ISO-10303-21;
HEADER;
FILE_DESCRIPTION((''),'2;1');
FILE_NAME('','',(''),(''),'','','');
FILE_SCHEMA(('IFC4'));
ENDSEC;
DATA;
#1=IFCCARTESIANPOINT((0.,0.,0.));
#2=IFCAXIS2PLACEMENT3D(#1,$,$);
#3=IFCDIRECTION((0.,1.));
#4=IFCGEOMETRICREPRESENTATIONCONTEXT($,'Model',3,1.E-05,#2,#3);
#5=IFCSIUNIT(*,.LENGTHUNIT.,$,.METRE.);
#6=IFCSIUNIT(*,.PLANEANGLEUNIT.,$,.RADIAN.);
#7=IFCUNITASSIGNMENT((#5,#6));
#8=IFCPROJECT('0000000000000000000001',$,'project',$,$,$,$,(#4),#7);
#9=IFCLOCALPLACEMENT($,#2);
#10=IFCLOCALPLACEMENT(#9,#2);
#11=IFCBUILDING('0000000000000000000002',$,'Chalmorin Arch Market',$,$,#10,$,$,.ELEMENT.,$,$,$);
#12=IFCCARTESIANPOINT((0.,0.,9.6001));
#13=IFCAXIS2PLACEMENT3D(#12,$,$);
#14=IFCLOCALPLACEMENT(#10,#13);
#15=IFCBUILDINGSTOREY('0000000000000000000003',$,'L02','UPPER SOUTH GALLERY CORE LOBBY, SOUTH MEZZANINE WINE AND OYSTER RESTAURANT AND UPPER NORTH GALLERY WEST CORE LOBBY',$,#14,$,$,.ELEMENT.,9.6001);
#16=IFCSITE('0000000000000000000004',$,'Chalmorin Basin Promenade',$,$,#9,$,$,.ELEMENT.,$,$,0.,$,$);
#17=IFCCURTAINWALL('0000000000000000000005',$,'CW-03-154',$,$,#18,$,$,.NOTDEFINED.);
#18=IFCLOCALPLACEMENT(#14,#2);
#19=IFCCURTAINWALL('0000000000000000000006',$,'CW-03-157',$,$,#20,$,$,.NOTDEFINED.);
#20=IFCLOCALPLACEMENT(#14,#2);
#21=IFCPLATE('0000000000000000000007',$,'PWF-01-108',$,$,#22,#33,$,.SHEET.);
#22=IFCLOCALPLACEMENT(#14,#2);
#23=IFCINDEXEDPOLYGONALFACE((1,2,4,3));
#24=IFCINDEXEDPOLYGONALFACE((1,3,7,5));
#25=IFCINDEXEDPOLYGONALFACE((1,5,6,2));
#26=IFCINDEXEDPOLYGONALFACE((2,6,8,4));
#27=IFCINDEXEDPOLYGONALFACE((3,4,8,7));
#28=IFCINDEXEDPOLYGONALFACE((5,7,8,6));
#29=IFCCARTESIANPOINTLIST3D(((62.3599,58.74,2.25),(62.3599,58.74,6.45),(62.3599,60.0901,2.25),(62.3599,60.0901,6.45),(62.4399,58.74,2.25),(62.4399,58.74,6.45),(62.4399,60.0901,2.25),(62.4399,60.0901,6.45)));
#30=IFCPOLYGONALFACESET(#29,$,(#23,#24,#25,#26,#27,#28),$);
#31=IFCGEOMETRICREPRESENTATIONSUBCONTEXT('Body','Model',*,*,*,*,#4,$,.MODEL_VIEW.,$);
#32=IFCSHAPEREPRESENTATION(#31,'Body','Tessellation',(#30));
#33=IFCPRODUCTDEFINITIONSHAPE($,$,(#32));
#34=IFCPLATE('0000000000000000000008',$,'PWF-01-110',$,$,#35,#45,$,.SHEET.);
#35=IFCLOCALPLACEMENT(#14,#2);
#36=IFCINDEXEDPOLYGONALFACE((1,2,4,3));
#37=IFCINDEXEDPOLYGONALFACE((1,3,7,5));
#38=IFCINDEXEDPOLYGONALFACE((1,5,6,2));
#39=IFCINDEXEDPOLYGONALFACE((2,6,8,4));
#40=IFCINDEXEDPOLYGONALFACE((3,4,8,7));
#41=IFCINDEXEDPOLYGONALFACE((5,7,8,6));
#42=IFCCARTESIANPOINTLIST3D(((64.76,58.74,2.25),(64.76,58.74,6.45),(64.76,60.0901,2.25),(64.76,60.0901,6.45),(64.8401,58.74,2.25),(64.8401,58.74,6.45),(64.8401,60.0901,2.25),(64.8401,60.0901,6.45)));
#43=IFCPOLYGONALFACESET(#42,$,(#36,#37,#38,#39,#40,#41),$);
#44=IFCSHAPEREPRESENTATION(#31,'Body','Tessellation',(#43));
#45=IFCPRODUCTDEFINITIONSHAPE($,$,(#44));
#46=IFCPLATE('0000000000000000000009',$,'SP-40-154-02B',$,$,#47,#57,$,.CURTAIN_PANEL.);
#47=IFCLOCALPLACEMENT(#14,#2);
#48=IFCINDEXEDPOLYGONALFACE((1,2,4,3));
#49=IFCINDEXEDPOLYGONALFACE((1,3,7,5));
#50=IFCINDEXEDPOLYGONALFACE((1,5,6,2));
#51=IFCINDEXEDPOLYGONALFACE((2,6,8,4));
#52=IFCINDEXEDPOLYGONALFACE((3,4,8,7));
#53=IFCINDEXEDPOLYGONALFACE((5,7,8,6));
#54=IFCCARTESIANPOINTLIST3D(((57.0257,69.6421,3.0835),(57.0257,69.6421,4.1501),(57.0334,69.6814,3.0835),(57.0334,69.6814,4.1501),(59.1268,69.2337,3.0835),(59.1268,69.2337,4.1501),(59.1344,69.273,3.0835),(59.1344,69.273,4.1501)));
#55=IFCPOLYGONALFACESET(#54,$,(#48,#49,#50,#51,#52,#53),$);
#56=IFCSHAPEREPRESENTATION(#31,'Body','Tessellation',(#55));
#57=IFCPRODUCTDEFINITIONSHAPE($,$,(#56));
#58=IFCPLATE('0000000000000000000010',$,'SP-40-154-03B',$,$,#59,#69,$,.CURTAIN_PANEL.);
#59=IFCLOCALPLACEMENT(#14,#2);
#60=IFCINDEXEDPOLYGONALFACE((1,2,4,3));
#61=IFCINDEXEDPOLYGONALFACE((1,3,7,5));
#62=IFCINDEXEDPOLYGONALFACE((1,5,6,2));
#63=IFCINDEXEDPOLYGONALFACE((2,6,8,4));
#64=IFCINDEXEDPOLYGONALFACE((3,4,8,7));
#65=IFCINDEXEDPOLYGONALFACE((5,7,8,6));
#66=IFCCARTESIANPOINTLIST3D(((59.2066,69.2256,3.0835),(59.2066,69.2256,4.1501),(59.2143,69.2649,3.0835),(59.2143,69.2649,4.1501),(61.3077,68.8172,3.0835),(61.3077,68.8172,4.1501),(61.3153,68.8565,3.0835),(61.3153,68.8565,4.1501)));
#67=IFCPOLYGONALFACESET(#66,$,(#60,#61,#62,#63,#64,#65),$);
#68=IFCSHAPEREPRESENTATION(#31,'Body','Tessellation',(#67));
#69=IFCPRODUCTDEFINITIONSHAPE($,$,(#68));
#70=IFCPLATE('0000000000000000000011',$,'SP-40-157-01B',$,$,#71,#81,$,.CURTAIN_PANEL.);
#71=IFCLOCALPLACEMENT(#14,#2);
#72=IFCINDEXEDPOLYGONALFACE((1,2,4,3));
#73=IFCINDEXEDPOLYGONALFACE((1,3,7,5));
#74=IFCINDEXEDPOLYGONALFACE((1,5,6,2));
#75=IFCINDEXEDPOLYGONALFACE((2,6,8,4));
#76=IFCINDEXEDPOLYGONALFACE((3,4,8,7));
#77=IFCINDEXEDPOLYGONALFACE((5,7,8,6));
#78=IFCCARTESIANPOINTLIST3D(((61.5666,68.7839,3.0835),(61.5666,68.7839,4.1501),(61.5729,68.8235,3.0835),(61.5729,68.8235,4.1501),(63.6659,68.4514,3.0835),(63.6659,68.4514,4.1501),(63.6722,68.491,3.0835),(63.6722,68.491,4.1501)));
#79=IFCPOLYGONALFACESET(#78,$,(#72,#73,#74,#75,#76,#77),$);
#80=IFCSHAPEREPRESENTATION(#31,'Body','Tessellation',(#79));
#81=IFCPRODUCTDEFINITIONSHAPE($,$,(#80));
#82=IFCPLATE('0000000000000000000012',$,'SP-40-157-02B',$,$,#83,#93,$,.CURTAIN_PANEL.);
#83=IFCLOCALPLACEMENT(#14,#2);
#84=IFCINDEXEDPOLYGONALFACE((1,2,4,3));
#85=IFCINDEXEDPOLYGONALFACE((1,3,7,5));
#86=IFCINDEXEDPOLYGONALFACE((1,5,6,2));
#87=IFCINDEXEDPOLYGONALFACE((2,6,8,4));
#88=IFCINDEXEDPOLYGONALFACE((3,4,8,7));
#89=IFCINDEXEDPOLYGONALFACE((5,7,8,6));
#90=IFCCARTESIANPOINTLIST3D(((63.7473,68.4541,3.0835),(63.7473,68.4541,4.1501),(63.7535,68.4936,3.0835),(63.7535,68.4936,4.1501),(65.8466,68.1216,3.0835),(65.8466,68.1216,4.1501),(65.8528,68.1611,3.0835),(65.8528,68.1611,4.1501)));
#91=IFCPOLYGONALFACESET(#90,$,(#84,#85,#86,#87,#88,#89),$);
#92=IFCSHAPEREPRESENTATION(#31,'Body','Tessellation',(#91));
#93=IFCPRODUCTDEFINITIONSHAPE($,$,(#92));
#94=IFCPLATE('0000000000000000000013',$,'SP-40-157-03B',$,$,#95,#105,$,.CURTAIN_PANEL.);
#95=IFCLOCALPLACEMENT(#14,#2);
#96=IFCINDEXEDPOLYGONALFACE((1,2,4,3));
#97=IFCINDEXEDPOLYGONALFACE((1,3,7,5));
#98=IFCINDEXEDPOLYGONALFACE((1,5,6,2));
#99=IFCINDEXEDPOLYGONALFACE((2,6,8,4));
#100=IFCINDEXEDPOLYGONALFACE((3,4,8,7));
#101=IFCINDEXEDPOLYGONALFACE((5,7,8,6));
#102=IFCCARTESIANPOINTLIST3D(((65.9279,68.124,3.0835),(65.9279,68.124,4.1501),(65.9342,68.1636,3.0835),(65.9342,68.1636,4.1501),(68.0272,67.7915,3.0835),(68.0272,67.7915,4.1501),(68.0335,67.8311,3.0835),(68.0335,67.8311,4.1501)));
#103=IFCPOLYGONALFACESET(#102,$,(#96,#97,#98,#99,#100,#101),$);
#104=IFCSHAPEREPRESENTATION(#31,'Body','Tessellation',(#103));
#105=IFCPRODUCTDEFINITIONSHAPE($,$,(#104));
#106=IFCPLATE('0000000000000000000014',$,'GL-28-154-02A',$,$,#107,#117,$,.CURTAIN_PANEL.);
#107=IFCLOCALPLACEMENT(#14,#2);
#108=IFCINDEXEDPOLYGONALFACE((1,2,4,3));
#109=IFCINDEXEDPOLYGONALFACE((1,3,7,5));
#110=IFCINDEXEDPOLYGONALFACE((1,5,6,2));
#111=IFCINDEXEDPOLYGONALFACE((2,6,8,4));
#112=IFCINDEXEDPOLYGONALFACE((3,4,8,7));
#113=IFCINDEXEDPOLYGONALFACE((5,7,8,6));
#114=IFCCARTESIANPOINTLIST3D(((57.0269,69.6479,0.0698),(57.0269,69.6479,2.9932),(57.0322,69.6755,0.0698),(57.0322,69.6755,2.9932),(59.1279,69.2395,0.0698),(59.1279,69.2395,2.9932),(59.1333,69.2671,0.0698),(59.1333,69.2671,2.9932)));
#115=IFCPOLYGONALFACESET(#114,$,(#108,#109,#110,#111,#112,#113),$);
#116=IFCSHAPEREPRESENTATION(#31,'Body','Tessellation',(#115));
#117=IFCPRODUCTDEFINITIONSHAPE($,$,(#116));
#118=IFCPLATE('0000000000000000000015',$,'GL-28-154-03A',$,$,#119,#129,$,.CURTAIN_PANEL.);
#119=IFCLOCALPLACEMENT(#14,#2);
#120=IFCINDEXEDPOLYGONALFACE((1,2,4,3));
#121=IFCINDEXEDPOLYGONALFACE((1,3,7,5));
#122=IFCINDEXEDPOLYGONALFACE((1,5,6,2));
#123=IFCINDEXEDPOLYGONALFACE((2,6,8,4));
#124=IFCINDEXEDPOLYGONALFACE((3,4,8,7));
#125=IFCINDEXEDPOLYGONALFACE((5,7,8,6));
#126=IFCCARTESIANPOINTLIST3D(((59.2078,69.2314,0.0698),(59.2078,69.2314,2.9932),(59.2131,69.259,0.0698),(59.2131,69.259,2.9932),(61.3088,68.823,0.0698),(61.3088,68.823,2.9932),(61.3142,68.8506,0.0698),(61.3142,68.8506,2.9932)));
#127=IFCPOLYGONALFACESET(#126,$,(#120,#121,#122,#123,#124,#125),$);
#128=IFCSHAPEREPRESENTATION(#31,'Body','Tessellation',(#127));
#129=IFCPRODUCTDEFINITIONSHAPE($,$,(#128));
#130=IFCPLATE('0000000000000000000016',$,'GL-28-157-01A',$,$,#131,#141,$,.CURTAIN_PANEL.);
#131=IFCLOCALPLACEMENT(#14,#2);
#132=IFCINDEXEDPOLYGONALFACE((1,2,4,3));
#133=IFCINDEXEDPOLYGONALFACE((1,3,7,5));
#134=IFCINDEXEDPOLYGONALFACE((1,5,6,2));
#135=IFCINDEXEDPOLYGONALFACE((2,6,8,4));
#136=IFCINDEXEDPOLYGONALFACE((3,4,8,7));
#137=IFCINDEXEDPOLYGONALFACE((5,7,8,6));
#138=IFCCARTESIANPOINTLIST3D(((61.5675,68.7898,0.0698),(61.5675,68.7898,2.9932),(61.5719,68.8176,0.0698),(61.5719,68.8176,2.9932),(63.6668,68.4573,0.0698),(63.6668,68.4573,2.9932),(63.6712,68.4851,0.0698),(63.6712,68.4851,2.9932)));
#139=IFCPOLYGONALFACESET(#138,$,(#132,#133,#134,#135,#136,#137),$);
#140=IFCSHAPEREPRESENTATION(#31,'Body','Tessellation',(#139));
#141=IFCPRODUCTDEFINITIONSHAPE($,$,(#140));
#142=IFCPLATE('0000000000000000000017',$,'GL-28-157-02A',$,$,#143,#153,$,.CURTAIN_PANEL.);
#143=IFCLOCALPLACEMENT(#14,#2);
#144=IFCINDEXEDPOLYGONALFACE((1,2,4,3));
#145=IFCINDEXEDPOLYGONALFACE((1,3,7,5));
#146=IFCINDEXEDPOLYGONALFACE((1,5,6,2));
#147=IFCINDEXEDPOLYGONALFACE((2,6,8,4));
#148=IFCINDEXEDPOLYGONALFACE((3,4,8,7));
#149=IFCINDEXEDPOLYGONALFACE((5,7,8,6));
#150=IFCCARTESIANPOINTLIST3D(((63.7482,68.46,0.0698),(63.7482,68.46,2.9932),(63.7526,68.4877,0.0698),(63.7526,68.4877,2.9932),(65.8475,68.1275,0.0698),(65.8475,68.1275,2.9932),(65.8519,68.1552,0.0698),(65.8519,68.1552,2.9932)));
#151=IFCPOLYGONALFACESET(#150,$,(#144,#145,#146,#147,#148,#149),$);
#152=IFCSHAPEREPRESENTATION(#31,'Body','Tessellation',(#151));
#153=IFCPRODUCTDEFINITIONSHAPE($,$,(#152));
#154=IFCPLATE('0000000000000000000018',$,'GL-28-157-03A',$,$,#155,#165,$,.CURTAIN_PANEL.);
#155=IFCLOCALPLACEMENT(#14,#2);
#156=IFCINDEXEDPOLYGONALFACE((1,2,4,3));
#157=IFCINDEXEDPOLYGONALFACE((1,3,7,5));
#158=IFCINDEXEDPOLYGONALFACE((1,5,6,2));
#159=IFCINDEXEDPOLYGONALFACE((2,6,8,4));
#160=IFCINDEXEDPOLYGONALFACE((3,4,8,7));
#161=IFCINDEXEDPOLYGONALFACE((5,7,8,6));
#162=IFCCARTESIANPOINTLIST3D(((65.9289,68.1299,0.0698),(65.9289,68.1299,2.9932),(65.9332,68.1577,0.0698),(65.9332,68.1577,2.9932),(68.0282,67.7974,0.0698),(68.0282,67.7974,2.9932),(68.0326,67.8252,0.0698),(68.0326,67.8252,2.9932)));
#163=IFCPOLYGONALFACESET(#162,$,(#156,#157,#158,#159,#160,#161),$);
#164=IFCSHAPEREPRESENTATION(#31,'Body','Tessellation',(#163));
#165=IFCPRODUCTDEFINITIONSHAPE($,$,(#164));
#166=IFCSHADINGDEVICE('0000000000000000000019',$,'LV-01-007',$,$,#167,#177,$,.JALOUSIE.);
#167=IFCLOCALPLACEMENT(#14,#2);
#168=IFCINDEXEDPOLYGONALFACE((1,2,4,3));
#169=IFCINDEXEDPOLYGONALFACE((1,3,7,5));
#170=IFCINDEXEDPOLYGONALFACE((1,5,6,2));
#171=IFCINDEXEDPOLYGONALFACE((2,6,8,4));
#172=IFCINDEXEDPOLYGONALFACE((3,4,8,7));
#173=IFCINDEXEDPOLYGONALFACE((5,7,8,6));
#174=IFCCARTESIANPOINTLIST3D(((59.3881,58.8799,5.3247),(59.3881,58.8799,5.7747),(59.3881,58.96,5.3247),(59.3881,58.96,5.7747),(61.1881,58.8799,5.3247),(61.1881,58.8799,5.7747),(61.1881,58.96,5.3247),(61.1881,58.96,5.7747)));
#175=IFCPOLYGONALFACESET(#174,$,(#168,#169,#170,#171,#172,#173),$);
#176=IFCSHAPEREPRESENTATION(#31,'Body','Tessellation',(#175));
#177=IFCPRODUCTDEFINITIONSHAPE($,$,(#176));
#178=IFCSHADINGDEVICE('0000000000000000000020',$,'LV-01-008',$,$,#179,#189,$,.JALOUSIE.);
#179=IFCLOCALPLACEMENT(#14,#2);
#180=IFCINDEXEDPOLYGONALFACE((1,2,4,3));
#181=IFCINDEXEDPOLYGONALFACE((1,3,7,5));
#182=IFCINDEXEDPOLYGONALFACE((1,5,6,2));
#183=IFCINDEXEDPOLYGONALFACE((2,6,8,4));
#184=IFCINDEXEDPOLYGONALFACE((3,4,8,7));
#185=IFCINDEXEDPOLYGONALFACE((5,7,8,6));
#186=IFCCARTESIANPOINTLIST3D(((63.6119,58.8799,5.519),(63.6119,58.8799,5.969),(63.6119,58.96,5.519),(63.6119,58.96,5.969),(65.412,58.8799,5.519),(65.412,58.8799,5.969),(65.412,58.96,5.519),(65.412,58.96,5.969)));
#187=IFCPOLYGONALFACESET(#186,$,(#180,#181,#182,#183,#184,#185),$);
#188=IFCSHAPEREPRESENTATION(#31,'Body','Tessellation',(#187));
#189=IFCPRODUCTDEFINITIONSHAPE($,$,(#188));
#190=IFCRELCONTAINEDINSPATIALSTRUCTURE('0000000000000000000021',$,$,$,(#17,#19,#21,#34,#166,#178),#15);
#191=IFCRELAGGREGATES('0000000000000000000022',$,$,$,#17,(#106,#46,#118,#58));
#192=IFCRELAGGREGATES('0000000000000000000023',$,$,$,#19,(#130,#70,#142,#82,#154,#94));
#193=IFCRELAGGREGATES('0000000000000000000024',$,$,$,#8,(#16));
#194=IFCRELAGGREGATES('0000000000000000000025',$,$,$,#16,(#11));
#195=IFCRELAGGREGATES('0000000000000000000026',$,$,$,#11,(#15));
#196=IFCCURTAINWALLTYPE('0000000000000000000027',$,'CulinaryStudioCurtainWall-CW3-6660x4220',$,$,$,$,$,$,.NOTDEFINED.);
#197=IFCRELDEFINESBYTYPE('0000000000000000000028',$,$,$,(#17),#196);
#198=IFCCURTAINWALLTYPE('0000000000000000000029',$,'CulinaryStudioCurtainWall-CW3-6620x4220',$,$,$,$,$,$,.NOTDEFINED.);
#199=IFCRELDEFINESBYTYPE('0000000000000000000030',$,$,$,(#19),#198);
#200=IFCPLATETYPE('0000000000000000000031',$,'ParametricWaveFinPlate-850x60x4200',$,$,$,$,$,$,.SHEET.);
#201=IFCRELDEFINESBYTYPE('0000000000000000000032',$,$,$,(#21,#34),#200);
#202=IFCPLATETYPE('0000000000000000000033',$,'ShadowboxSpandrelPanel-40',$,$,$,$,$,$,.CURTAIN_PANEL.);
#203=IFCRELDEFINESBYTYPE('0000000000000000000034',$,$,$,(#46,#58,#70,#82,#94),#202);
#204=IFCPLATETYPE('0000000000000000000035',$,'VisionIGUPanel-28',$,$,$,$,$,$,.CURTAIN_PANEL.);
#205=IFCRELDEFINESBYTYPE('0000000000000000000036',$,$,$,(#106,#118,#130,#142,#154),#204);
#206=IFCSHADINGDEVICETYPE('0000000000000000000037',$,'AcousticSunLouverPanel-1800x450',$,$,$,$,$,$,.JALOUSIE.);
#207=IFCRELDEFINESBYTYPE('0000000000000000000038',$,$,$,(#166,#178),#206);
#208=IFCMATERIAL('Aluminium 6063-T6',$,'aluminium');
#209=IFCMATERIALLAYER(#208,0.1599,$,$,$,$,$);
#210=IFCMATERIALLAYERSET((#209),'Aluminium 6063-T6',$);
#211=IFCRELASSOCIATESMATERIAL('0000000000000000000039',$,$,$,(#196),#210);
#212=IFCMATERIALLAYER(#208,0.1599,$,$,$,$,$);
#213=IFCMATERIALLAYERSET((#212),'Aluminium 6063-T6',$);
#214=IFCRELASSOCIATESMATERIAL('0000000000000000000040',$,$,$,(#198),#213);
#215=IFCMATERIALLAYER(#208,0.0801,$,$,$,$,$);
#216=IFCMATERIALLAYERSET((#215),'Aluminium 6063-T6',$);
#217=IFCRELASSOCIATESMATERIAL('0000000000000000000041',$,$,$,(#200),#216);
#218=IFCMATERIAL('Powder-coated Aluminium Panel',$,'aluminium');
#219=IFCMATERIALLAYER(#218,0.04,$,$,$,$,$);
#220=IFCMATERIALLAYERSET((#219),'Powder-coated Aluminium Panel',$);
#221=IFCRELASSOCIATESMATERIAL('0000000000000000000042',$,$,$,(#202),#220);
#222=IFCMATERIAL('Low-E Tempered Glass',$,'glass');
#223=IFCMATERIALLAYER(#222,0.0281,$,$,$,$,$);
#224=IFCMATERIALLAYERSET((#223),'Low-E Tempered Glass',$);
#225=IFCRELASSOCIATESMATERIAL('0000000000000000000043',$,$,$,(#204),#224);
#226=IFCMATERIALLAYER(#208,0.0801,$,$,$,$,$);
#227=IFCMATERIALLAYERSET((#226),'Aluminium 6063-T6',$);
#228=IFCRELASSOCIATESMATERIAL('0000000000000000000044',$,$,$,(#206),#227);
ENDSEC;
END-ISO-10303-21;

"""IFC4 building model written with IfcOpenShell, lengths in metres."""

from ifc_helpers import new_model, si_unit, direction, frame, origin, origin_2d, place, context, subcontext, project, spatial, rectangle, extrude, material, layer, layer_set, type_object, element, aggregate, save


model = new_model("IFC4")

# Units and contexts
model_context = context("Model", 3, precision=1e-05, world=origin(), true_north=direction((0.0, 1.0)))
body_context = subcontext(model_context, "Body", "Model", "MODEL_VIEW")
ifc_project = project(units=[si_unit("LENGTHUNIT", "METRE"), si_unit("PLANEANGLEUNIT", "RADIAN")], contexts=[model_context])

# Site, building, storey
site_placement = place(None, origin())
site = spatial("IfcSite", under=ifc_project, at=site_placement, Name="Chalmorin Basin Promenade", CompositionType="ELEMENT", RefElevation=0.0)
building_placement = place(site_placement, origin())
building = spatial("IfcBuilding", under=site, at=building_placement, Name="Chalmorin Arch Market", CompositionType="ELEMENT")
storey_placement = place(building_placement, frame((0.0, 0.0, 9.6001)))
storey = spatial("IfcBuildingStorey", under=building, at=storey_placement, Name="L02", Description="UPPER SOUTH GALLERY CORE LOBBY, SOUTH MEZZANINE WINE AND OYSTER RESTAURANT AND UPPER NORTH GALLERY WEST CORE LOBBY", CompositionType="ELEMENT", Elevation=9.6001)

# Curtain walls
ifc_material_1 = material(Name="Aluminium 6063-T6", Category="aluminium")
ifc_layer_1 = layer(ifc_material_1, 0.1599)
ifc_layer_set_1 = layer_set([ifc_layer_1], Name="Aluminium 6063-T6")
curtain_wall_type_1 = type_object("IfcCurtainWallType", Name="CulinaryStudioCurtainWall-CW3-6660x4220", PredefinedType="NOTDEFINED", material=ifc_layer_set_1)
curtain_wall_1_placement = place(storey_placement, origin())
curtain_wall_1 = element("IfcCurtainWall", 1, at=curtain_wall_1_placement, inside=storey, type_object=curtain_wall_type_1, Name="CW-03-154", PredefinedType="NOTDEFINED")
ifc_layer_2 = layer(ifc_material_1, 0.1599)
ifc_layer_set_2 = layer_set([ifc_layer_2], Name="Aluminium 6063-T6")
curtain_wall_type_2 = type_object("IfcCurtainWallType", Name="CulinaryStudioCurtainWall-CW3-6620x4220", PredefinedType="NOTDEFINED", material=ifc_layer_set_2)
curtain_wall_2_placement = place(storey_placement, origin())
curtain_wall_2 = element("IfcCurtainWall", 2, at=curtain_wall_2_placement, inside=storey, type_object=curtain_wall_type_2, Name="CW-03-157", PredefinedType="NOTDEFINED")

# Plates
ifc_layer_3 = layer(ifc_material_1, 0.0801)
ifc_layer_set_3 = layer_set([ifc_layer_3], Name="Aluminium 6063-T6")
plate_type_1 = type_object("IfcPlateType", Name="ParametricWaveFinPlate-850x60x4200", PredefinedType="SHEET", material=ifc_layer_set_3)
for number, where, z_axis, x_axis, name in (
    (3, (62.3999, 59.415, 2.25), (0.0, 0.0, 1.0), (0.0, 1.0, 0.0), "PWF-01-108"),
    (4, (64.8, 59.415, 2.25), (0.0, 0.0, 1.0), (0.0, 1.0, 0.0), "PWF-01-110"),
):
    element("IfcPlate", number, at=place(storey_placement, frame(where, z_axis=z_axis, x_axis=x_axis)), inside=storey, type_object=plate_type_1, Name=name, PredefinedType="SHEET", context=body_context, shape_type="SweptSolid", body=[
        extrude(rectangle(XDim=1.3501, YDim=0.0801, at=origin_2d()), origin(), (0.0, 0.0, 1.0), 4.2),
    ])

# Plates
ifc_material_2 = material(Name="Powder-coated Aluminium Panel", Category="aluminium")
ifc_layer_4 = layer(ifc_material_2, 0.04)
ifc_layer_set_4 = layer_set([ifc_layer_4], Name="Powder-coated Aluminium Panel")
plate_type_2 = type_object("IfcPlateType", Name="ShadowboxSpandrelPanel-40", PredefinedType="CURTAIN_PANEL", material=ifc_layer_set_4)
plate_1_placement = place(storey_placement, frame((58.0801, 69.4575, 3.0835), z_axis=(0.0, 0.0, 1.0), x_axis=(0.981627, -0.190809, 0.0)))
plate_1 = element("IfcPlate", 5, at=plate_1_placement, type_object=plate_type_2, Name="SP-40-154-02B", PredefinedType="CURTAIN_PANEL", context=body_context, shape_type="SweptSolid", body=[
    extrude(rectangle(XDim=2.1404, YDim=0.04, at=origin_2d()), origin(), (0.0, 0.0, 1.0), 1.0667),
])
plate_2_placement = place(storey_placement, frame((60.261, 69.041, 3.0835), z_axis=(0.0, 0.0, 1.0), x_axis=(0.981627, -0.190809, 0.0)))
plate_2 = element("IfcPlate", 6, at=plate_2_placement, type_object=plate_type_2, Name="SP-40-154-03B", PredefinedType="CURTAIN_PANEL", context=body_context, shape_type="SweptSolid", body=[
    extrude(rectangle(XDim=2.1404, YDim=0.04, at=origin_2d()), origin(), (0.0, 0.0, 1.0), 1.0667),
])
plate_3_placement = place(storey_placement, frame((62.6194, 68.6375, 3.0835), z_axis=(0.0, 0.0, 1.0), x_axis=(0.987688, -0.156434, 0.0)))
plate_3 = element("IfcPlate", 7, at=plate_3_placement, type_object=plate_type_2, Name="SP-40-157-01B", PredefinedType="CURTAIN_PANEL", context=body_context, shape_type="SweptSolid", body=[
    extrude(rectangle(XDim=2.1255, YDim=0.04, at=origin_2d()), origin(), (0.0, 0.0, 1.0), 1.0667),
])
plate_4_placement = place(storey_placement, frame((64.8, 68.3076, 3.0835), z_axis=(0.0, 0.0, 1.0), x_axis=(0.987688, -0.156434, 0.0)))
plate_4 = element("IfcPlate", 8, at=plate_4_placement, type_object=plate_type_2, Name="SP-40-157-02B", PredefinedType="CURTAIN_PANEL", context=body_context, shape_type="SweptSolid", body=[
    extrude(rectangle(XDim=2.1255, YDim=0.04, at=origin_2d()), origin(), (0.0, 0.0, 1.0), 1.0667),
])
plate_5_placement = place(storey_placement, frame((66.9807, 67.9775, 3.0835), z_axis=(0.0, 0.0, 1.0), x_axis=(0.987688, -0.156434, 0.0)))
plate_5 = element("IfcPlate", 9, at=plate_5_placement, type_object=plate_type_2, Name="SP-40-157-03B", PredefinedType="CURTAIN_PANEL", context=body_context, shape_type="SweptSolid", body=[
    extrude(rectangle(XDim=2.1255, YDim=0.04, at=origin_2d()), origin(), (0.0, 0.0, 1.0), 1.0667),
])
ifc_material_3 = material(Name="Low-E Tempered Glass", Category="glass")
ifc_layer_5 = layer(ifc_material_3, 0.0281)
ifc_layer_set_5 = layer_set([ifc_layer_5], Name="Low-E Tempered Glass")
plate_type_3 = type_object("IfcPlateType", Name="VisionIGUPanel-28", PredefinedType="CURTAIN_PANEL", material=ifc_layer_set_5)
plate_6_placement = place(storey_placement, frame((58.0801, 69.4575, 0.0698), z_axis=(0.0, 0.0, 1.0), x_axis=(0.981627, -0.190809, 0.0)))
plate_6 = element("IfcPlate", 10, at=plate_6_placement, type_object=plate_type_3, Name="GL-28-154-02A", PredefinedType="CURTAIN_PANEL", context=body_context, shape_type="SweptSolid", body=[
    extrude(rectangle(XDim=2.1404, YDim=0.0281, at=origin_2d()), origin(), (0.0, 0.0, 1.0), 2.9233),
])
plate_7_placement = place(storey_placement, frame((60.261, 69.041, 0.0698), z_axis=(0.0, 0.0, 1.0), x_axis=(0.981627, -0.190809, 0.0)))
plate_7 = element("IfcPlate", 11, at=plate_7_placement, type_object=plate_type_3, Name="GL-28-154-03A", PredefinedType="CURTAIN_PANEL", context=body_context, shape_type="SweptSolid", body=[
    extrude(rectangle(XDim=2.1404, YDim=0.0281, at=origin_2d()), origin(), (0.0, 0.0, 1.0), 2.9233),
])
aggregate(curtain_wall_1, [plate_6, plate_1, plate_7, plate_2])
plate_8_placement = place(storey_placement, frame((62.6194, 68.6375, 0.0698), z_axis=(0.0, 0.0, 1.0), x_axis=(0.987688, -0.156434, 0.0)))
plate_8 = element("IfcPlate", 12, at=plate_8_placement, type_object=plate_type_3, Name="GL-28-157-01A", PredefinedType="CURTAIN_PANEL", context=body_context, shape_type="SweptSolid", body=[
    extrude(rectangle(XDim=2.1255, YDim=0.0281, at=origin_2d()), origin(), (0.0, 0.0, 1.0), 2.9233),
])
plate_9_placement = place(storey_placement, frame((64.8, 68.3076, 0.0698), z_axis=(0.0, 0.0, 1.0), x_axis=(0.987688, -0.156434, 0.0)))
plate_9 = element("IfcPlate", 13, at=plate_9_placement, type_object=plate_type_3, Name="GL-28-157-02A", PredefinedType="CURTAIN_PANEL", context=body_context, shape_type="SweptSolid", body=[
    extrude(rectangle(XDim=2.1255, YDim=0.0281, at=origin_2d()), origin(), (0.0, 0.0, 1.0), 2.9233),
])
plate_10_placement = place(storey_placement, frame((66.9807, 67.9775, 0.0698), z_axis=(0.0, 0.0, 1.0), x_axis=(0.987688, -0.156434, 0.0)))
plate_10 = element("IfcPlate", 14, at=plate_10_placement, type_object=plate_type_3, Name="GL-28-157-03A", PredefinedType="CURTAIN_PANEL", context=body_context, shape_type="SweptSolid", body=[
    extrude(rectangle(XDim=2.1255, YDim=0.0281, at=origin_2d()), origin(), (0.0, 0.0, 1.0), 2.9233),
])
aggregate(curtain_wall_2, [plate_8, plate_3, plate_9, plate_4, plate_10, plate_5])

# Shading devices
ifc_layer_6 = layer(ifc_material_1, 0.0801)
ifc_layer_set_6 = layer_set([ifc_layer_6], Name="Aluminium 6063-T6")
shading_device_type = type_object("IfcShadingDeviceType", Name="AcousticSunLouverPanel-1800x450", PredefinedType="JALOUSIE", material=ifc_layer_set_6)
for number, where, z_axis, x_axis, name in (
    (15, (60.2881, 58.9199, 5.3247), (0.0, 0.0, 1.0), (1.0, 0.0, 0.0), "LV-01-007"),
    (16, (64.512, 58.9199, 5.519), (0.0, 0.0, 1.0), (1.0, 0.0, 0.0), "LV-01-008"),
):
    element("IfcShadingDevice", number, at=place(storey_placement, frame(where, z_axis=z_axis, x_axis=x_axis)), inside=storey, type_object=shading_device_type, Name=name, PredefinedType="JALOUSIE", context=body_context, shape_type="SweptSolid", body=[
        extrude(rectangle(XDim=1.8, YDim=0.0801, at=origin_2d()), origin(), (0.0, 0.0, 1.0), 0.45),
    ])

save(model, "model.ifc")
